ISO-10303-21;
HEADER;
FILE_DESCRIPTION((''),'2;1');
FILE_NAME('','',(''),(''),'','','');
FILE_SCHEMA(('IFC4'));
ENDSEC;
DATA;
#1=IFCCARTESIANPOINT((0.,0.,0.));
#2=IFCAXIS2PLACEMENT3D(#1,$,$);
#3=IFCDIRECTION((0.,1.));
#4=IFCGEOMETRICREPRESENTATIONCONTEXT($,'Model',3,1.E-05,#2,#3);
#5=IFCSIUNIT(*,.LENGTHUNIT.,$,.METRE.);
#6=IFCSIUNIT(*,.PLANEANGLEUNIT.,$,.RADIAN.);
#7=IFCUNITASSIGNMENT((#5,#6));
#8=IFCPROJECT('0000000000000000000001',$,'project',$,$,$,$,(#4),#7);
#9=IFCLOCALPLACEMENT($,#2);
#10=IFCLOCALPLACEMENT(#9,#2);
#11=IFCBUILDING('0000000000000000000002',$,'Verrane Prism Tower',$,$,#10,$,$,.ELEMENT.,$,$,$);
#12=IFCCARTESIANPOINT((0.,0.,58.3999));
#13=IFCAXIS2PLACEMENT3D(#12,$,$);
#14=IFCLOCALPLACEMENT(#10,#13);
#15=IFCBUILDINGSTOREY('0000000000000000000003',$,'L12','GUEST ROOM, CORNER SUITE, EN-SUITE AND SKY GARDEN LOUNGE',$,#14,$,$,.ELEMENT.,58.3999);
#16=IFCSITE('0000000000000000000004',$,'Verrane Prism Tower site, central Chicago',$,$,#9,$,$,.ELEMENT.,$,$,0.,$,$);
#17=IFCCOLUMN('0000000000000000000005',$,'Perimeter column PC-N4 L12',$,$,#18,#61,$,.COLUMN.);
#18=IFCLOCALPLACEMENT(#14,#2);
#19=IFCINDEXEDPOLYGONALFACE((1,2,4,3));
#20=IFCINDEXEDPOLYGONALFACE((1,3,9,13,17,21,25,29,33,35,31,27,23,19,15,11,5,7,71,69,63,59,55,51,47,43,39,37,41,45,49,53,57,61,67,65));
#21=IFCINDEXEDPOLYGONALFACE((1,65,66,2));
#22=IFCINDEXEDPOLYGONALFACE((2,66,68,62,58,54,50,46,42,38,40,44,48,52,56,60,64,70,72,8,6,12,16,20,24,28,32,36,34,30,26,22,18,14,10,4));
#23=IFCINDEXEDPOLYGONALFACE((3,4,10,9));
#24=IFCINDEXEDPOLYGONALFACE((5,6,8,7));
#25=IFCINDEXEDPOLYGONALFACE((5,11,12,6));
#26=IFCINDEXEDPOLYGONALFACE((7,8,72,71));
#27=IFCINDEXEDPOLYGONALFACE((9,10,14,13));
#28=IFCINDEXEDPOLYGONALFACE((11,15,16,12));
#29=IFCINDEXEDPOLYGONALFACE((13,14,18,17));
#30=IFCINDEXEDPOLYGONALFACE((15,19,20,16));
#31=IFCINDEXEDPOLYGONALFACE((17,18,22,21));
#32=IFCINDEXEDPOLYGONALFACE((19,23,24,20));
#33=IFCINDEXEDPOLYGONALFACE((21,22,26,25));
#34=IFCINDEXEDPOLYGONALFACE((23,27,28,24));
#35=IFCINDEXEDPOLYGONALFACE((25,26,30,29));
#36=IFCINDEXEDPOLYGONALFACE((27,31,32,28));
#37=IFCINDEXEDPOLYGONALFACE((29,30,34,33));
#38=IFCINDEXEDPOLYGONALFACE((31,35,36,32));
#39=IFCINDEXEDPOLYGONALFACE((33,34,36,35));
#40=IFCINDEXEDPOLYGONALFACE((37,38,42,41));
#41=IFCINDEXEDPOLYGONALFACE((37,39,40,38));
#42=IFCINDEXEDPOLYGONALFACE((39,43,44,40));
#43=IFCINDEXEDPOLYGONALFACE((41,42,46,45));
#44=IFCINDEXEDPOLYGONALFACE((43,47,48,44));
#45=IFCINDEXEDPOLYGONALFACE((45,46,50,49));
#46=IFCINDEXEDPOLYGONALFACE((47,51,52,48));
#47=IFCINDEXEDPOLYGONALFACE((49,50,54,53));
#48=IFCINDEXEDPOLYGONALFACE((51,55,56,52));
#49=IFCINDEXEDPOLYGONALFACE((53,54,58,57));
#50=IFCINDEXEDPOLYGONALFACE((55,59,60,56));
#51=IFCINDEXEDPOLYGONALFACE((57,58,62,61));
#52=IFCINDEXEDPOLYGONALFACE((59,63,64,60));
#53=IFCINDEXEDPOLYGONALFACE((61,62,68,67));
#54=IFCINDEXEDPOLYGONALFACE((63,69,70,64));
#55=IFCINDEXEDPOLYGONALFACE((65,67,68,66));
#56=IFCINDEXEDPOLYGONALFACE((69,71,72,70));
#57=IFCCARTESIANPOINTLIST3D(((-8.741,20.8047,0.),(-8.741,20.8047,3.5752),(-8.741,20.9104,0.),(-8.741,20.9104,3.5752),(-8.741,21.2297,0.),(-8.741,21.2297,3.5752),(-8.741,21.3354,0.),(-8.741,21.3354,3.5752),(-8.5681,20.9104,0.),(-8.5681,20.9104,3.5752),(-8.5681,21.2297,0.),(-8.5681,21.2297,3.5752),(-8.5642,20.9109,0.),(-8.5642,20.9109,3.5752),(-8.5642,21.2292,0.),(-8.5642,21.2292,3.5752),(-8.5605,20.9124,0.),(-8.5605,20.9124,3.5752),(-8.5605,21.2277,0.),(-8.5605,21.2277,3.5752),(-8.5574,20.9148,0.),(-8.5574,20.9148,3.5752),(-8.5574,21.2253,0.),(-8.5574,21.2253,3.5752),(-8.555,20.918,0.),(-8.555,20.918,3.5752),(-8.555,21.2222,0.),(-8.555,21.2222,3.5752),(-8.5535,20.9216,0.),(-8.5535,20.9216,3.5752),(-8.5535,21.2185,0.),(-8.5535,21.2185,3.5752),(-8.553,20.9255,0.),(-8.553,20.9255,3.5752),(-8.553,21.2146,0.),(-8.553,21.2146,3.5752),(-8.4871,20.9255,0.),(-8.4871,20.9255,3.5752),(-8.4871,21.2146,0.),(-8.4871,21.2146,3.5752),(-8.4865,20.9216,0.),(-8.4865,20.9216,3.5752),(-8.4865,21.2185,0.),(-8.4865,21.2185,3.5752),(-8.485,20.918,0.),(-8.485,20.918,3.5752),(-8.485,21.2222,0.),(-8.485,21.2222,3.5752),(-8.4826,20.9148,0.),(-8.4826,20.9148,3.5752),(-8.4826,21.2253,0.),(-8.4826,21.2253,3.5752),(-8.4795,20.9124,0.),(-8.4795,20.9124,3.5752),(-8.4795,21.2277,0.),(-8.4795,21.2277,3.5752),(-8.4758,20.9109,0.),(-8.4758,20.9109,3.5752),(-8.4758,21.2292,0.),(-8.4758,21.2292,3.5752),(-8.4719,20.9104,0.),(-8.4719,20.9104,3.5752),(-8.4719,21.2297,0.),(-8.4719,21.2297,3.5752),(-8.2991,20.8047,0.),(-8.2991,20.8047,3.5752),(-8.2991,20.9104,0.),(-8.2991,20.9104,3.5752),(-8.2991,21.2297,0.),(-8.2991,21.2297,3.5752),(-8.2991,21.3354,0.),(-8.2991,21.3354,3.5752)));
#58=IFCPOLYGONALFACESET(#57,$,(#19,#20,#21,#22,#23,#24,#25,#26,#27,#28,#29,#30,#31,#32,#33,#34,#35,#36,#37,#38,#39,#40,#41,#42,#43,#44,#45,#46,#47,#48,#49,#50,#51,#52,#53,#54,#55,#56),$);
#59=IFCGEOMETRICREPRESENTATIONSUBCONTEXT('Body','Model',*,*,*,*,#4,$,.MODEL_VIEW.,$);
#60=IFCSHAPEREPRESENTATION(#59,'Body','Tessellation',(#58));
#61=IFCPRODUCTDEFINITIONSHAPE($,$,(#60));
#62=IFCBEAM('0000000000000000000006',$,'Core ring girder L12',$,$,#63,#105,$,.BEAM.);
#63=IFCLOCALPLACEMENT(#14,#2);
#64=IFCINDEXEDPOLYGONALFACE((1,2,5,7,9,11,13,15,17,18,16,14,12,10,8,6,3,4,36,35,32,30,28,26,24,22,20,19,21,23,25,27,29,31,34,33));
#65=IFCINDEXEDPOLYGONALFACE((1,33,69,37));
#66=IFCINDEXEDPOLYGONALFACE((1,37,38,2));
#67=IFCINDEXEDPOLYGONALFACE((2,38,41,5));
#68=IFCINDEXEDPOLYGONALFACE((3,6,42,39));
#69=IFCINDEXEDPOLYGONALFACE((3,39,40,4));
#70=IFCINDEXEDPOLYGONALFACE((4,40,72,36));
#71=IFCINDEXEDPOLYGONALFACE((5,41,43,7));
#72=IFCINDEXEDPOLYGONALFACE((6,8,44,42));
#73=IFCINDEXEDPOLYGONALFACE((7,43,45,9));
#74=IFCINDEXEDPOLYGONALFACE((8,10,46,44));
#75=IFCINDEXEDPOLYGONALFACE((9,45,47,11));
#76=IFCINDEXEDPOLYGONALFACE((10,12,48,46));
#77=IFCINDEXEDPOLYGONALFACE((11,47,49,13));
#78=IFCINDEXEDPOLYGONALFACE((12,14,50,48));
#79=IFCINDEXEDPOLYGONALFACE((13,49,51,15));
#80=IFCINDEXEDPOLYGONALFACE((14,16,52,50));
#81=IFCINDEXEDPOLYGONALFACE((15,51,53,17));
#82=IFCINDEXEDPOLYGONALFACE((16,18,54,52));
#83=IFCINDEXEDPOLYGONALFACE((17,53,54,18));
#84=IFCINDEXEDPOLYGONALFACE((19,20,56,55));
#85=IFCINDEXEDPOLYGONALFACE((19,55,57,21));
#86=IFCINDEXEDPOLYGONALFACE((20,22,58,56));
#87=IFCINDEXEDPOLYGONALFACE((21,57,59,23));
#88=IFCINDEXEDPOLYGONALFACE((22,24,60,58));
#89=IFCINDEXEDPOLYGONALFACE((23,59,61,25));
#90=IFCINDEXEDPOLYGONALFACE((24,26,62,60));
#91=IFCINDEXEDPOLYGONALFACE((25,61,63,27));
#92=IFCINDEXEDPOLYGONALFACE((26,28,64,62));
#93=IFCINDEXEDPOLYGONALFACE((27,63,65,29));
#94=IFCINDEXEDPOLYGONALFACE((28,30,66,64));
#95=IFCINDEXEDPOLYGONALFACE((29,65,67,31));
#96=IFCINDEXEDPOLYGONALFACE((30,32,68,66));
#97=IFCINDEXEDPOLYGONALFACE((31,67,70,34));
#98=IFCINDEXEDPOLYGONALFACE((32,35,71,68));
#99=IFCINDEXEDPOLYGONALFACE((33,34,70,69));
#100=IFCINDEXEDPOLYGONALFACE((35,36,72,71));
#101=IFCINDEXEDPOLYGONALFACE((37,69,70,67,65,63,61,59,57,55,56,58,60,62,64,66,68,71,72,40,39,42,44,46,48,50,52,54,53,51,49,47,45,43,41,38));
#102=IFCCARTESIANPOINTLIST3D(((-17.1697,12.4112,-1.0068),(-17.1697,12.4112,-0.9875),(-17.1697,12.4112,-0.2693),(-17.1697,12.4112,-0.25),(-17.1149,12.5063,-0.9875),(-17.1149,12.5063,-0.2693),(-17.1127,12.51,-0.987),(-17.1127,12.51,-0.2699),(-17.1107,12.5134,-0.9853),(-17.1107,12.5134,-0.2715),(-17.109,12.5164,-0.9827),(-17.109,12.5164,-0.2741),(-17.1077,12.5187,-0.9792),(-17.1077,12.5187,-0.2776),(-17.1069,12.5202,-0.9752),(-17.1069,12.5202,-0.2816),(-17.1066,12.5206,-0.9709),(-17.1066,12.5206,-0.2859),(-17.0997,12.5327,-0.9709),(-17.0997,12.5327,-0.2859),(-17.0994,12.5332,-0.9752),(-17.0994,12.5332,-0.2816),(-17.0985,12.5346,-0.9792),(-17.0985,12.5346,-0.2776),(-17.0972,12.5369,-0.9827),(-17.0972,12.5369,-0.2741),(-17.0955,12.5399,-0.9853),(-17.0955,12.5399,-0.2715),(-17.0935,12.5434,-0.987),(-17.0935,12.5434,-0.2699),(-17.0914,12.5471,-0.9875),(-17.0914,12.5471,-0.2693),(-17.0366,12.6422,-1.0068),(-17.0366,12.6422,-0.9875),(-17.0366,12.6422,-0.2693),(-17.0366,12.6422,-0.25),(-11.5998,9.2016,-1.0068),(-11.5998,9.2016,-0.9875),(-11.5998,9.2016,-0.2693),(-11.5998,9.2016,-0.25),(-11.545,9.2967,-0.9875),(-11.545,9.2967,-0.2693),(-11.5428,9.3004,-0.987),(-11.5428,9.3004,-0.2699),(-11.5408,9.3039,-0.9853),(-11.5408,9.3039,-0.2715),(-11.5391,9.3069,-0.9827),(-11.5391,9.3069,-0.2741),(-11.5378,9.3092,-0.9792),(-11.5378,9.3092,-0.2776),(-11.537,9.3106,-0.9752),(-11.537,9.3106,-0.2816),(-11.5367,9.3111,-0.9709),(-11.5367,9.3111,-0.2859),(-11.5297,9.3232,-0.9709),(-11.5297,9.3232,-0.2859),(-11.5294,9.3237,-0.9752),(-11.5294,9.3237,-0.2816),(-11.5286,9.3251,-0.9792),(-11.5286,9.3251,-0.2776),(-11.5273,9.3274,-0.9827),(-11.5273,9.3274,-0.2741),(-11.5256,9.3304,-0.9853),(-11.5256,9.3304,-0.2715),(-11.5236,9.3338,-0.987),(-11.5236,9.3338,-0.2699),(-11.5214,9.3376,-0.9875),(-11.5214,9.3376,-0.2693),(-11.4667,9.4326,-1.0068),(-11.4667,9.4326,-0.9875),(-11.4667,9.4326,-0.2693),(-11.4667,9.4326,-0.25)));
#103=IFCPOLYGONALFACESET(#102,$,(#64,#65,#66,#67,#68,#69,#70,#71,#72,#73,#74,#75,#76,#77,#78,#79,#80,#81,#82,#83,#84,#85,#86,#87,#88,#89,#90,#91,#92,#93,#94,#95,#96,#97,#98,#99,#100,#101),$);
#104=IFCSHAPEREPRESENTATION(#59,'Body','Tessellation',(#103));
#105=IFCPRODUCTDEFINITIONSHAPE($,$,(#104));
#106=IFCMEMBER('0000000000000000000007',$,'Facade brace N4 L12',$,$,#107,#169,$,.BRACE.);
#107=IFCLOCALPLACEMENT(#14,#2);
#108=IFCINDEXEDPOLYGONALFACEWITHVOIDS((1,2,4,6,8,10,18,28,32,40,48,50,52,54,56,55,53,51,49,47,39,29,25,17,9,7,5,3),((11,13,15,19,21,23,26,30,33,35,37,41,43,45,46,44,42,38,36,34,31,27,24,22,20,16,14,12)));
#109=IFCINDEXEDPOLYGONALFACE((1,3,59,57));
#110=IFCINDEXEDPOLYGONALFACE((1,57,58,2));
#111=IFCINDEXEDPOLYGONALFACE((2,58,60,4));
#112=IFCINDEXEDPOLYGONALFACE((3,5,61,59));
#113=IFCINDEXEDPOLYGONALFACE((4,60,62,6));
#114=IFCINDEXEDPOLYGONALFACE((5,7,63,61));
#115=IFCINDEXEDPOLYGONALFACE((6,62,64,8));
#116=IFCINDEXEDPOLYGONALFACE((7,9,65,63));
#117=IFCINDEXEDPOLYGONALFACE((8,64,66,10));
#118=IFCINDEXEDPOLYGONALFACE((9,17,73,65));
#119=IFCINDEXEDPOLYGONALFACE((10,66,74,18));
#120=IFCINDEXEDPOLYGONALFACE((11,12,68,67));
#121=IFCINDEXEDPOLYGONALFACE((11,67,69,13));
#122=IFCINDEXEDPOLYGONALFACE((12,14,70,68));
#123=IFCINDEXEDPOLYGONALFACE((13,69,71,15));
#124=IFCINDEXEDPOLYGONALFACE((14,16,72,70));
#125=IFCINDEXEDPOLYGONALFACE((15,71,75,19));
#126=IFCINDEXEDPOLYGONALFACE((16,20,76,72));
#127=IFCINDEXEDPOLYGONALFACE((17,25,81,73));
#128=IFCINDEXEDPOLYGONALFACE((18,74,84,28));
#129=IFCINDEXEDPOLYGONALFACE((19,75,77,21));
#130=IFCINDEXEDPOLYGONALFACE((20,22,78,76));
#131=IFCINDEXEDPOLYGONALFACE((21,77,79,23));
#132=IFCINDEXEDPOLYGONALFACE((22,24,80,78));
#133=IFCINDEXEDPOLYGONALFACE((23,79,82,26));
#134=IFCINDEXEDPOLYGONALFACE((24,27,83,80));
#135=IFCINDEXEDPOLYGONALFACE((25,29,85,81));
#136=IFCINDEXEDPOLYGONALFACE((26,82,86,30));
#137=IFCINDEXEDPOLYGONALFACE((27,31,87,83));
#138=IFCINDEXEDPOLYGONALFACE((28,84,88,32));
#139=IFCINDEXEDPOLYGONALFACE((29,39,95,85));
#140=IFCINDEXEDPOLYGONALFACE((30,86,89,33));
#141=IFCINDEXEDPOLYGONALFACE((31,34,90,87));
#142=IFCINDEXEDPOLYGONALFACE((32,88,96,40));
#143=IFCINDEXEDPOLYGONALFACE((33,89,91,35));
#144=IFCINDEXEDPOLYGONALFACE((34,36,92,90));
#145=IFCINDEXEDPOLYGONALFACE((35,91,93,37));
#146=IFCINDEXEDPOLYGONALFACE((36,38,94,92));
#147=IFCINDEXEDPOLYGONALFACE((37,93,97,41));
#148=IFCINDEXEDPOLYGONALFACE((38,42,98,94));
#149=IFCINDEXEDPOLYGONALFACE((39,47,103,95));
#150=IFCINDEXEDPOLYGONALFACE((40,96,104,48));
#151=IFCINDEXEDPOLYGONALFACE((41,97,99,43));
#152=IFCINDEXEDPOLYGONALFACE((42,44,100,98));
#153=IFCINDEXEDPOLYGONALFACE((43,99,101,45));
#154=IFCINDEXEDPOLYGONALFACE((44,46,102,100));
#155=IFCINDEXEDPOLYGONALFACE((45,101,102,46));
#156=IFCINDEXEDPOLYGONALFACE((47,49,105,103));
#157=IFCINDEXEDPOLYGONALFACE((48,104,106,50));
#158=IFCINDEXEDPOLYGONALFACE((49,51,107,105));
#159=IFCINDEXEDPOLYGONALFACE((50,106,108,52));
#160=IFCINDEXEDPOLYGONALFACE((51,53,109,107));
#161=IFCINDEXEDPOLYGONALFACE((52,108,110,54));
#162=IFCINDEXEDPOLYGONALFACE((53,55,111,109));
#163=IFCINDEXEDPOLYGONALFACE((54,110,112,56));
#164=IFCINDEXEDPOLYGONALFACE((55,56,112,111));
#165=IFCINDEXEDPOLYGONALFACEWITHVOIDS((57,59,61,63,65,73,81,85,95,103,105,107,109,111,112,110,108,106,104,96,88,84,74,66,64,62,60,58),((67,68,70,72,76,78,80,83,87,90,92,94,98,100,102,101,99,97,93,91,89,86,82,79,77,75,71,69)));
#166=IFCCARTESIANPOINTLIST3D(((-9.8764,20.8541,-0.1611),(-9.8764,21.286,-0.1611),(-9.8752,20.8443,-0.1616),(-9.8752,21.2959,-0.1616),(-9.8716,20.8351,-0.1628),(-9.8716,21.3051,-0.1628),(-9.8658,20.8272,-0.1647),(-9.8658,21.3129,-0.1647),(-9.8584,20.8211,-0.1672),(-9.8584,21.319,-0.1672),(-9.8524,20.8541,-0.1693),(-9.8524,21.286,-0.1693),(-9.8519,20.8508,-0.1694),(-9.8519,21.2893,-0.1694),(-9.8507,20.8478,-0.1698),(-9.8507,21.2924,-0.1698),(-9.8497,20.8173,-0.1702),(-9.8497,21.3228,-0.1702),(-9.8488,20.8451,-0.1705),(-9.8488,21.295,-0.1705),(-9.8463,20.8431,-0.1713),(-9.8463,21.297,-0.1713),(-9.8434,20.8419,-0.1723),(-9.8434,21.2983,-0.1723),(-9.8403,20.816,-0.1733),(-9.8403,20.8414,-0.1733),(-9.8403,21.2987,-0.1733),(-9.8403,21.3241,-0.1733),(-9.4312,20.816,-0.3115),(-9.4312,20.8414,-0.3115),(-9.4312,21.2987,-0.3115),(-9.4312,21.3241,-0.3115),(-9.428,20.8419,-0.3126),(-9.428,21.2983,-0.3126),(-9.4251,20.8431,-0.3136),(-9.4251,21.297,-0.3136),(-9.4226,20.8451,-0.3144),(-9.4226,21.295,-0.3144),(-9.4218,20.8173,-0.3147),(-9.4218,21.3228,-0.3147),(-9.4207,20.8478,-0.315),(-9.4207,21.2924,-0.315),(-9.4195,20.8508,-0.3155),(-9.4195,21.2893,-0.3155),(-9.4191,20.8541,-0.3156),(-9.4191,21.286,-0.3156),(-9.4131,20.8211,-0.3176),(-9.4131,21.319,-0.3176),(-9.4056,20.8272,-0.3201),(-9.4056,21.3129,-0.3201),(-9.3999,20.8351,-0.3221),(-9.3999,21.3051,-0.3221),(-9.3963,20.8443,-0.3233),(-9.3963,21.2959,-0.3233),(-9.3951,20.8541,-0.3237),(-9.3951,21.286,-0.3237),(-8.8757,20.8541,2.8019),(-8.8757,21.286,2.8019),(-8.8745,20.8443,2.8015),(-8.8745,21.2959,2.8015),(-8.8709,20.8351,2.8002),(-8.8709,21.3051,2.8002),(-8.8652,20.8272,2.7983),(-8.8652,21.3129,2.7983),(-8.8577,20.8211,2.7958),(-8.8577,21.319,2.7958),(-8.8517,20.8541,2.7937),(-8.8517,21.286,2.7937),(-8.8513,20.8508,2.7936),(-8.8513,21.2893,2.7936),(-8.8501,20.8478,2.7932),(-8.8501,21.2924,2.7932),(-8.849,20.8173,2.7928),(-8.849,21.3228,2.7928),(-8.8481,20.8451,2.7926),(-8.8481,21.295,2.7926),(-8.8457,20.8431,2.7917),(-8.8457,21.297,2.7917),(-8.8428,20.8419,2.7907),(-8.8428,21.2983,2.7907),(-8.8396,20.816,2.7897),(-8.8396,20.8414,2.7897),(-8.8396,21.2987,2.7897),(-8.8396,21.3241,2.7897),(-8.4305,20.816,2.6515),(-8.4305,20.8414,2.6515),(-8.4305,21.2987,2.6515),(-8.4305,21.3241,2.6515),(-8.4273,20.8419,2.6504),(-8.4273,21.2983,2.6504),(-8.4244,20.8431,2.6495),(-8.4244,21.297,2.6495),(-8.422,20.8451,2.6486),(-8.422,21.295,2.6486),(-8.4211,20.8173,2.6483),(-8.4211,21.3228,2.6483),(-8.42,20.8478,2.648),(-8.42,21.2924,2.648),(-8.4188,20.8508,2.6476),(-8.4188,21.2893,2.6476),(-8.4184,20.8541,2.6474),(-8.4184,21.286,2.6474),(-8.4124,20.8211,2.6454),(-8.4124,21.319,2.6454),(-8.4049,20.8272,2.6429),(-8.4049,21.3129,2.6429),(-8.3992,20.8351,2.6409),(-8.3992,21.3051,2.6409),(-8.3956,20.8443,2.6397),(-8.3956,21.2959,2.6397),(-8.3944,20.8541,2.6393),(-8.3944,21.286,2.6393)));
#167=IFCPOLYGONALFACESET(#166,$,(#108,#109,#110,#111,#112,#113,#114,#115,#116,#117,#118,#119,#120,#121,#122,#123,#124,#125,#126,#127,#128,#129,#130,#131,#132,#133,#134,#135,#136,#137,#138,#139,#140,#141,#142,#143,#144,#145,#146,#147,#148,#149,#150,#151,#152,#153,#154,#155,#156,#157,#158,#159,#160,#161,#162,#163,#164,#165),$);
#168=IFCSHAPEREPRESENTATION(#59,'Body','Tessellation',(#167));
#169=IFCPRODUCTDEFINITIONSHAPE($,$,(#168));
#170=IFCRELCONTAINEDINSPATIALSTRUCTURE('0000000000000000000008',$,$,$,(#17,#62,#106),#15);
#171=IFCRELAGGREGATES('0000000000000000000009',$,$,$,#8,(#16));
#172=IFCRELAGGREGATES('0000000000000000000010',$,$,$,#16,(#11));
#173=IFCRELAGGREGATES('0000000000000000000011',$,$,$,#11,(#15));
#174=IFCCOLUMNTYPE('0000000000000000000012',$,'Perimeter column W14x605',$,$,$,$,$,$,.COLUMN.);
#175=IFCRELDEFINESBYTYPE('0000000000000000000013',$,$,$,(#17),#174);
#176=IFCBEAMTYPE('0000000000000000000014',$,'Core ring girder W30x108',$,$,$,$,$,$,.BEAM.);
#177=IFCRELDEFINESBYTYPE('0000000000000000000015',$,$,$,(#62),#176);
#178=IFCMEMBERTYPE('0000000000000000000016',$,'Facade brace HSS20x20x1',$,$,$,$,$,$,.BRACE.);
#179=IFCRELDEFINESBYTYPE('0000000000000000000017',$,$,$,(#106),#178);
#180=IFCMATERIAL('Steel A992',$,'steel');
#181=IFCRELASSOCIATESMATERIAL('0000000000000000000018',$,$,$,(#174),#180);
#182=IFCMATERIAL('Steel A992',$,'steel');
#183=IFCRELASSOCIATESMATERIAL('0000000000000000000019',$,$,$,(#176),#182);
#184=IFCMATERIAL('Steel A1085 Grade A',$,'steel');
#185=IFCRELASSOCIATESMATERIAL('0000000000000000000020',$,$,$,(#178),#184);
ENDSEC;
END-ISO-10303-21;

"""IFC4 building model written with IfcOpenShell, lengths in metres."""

from ifc_helpers import new_model, si_unit, direction, frame, origin, origin_2d, place, context, subcontext, project, spatial, hollow_rectangle, i_section, extrude, material, material_profile, profile_set, type_object, element, save


model = new_model("IFC4")

# Units and contexts
model_context = context("Model", 3, precision=1e-05, world=origin(), true_north=direction((0.0, 1.0)))
body_context = subcontext(model_context, "Body", "Model", "MODEL_VIEW")
ifc_project = project(units=[si_unit("LENGTHUNIT", "METRE"), si_unit("PLANEANGLEUNIT", "RADIAN")], contexts=[model_context])

# Site, building, storey
site_placement = place(None, origin())
site = spatial("IfcSite", under=ifc_project, at=site_placement, Name="Verrane Prism Tower site, central Chicago", CompositionType="ELEMENT", RefElevation=0.0)
building_placement = place(site_placement, origin())
building = spatial("IfcBuilding", under=site, at=building_placement, Name="Verrane Prism Tower", CompositionType="ELEMENT")
storey_placement = place(building_placement, frame((0.0, 0.0, 58.3999)))
storey = spatial("IfcBuildingStorey", under=building, at=storey_placement, Name="L12", Description="GUEST ROOM, CORNER SUITE, EN-SUITE AND SKY GARDEN LOUNGE", CompositionType="ELEMENT", Elevation=58.3999)

# Column
ifc_material_1 = material(Name="Steel A992", Category="steel")
ifc_material_profile_1 = material_profile(ifc_material_1, i_section(OverallWidth=0.4419, OverallDepth=0.5308, WebThickness=0.0659, FlangeThickness=0.1057, FilletRadius=0.0151, at=origin_2d()), Name="W14x605")
ifc_profile_set_1 = profile_set([ifc_material_profile_1], Name="Steel A992")
column_type = type_object("IfcColumnType", Name="Perimeter column W14x605", PredefinedType="COLUMN", material=ifc_profile_set_1)
column_placement = place(storey_placement, frame((-8.52, 21.0701, 0.0), z_axis=(0.0, 0.0, 1.0), x_axis=(1.0, 0.0, 0.0)))
element("IfcColumn", 1, at=column_placement, inside=storey, type_object=column_type, Name="Perimeter column PC-N4 L12", PredefinedType="COLUMN", context=body_context, shape_type="SweptSolid", body=[
    extrude(i_section(OverallWidth=0.4419, OverallDepth=0.5308, WebThickness=0.0659, FlangeThickness=0.1057, FilletRadius=0.0151, at=origin_2d()), origin(), (0.0, 0.0, 1.0), 3.5752),
])

# Beam
ifc_material_2 = material(Name="Steel A992", Category="steel")
ifc_material_profile_2 = material_profile(ifc_material_2, i_section(OverallWidth=0.2666, OverallDepth=0.7568, WebThickness=0.0139, FlangeThickness=0.0193, FilletRadius=0.0166, at=origin_2d()), Name="W30x108")
ifc_profile_set_2 = profile_set([ifc_material_profile_2], Name="Steel A992")
beam_type_1 = type_object("IfcBeamType", Name="Core ring girder W30x108", PredefinedType="BEAM", material=ifc_profile_set_2)
beam_1_placement = place(storey_placement, frame((-11.5332, 9.3171, -0.6284), z_axis=(-0.866447, 0.499269, 0.0), x_axis=(-0.499269, -0.866447, 0.0)))
element("IfcBeam", 2, at=beam_1_placement, inside=storey, type_object=beam_type_1, Name="Core ring girder L12", PredefinedType="BEAM", context=body_context, shape_type="SweptSolid", body=[
    extrude(i_section(OverallWidth=0.2666, OverallDepth=0.7568, WebThickness=0.0139, FlangeThickness=0.0193, FilletRadius=0.0166, at=origin_2d()), origin(), (0.0, 0.0, 1.0), 6.4285),
])

# Member
ifc_material_3 = material(Name="Steel A1085 Grade A", Category="steel")
ifc_material_profile_3 = material_profile(ifc_material_3, hollow_rectangle(XDim=0.5081, YDim=0.5081, WallThickness=0.0254, InnerFilletRadius=0.0127, OuterFilletRadius=0.0381, at=origin_2d()), Name="HSS20x20x1")
ifc_profile_set_3 = profile_set([ifc_material_profile_3], Name="Steel A1085 Grade A")
member_type = type_object("IfcMemberType", Name="Facade brace HSS20x20x1", PredefinedType="BRACE", material=ifc_profile_set_3)
member_placement = place(storey_placement, frame((-9.6357, 21.0701, -0.2424), z_axis=(0.319972, 0.0, 0.947427), x_axis=(0.0, 1.0, 0.0)))
element("IfcMember", 3, at=member_placement, inside=storey, type_object=member_type, Name="Facade brace N4 L12", PredefinedType="BRACE", context=body_context, shape_type="SweptSolid", body=[
    extrude(hollow_rectangle(XDim=0.5081, YDim=0.5081, WallThickness=0.0254, InnerFilletRadius=0.0127, OuterFilletRadius=0.0381, at=origin_2d()), origin(), (0.0, 0.0, 1.0), 3.1274),
])

save(model, "model.ifc")
